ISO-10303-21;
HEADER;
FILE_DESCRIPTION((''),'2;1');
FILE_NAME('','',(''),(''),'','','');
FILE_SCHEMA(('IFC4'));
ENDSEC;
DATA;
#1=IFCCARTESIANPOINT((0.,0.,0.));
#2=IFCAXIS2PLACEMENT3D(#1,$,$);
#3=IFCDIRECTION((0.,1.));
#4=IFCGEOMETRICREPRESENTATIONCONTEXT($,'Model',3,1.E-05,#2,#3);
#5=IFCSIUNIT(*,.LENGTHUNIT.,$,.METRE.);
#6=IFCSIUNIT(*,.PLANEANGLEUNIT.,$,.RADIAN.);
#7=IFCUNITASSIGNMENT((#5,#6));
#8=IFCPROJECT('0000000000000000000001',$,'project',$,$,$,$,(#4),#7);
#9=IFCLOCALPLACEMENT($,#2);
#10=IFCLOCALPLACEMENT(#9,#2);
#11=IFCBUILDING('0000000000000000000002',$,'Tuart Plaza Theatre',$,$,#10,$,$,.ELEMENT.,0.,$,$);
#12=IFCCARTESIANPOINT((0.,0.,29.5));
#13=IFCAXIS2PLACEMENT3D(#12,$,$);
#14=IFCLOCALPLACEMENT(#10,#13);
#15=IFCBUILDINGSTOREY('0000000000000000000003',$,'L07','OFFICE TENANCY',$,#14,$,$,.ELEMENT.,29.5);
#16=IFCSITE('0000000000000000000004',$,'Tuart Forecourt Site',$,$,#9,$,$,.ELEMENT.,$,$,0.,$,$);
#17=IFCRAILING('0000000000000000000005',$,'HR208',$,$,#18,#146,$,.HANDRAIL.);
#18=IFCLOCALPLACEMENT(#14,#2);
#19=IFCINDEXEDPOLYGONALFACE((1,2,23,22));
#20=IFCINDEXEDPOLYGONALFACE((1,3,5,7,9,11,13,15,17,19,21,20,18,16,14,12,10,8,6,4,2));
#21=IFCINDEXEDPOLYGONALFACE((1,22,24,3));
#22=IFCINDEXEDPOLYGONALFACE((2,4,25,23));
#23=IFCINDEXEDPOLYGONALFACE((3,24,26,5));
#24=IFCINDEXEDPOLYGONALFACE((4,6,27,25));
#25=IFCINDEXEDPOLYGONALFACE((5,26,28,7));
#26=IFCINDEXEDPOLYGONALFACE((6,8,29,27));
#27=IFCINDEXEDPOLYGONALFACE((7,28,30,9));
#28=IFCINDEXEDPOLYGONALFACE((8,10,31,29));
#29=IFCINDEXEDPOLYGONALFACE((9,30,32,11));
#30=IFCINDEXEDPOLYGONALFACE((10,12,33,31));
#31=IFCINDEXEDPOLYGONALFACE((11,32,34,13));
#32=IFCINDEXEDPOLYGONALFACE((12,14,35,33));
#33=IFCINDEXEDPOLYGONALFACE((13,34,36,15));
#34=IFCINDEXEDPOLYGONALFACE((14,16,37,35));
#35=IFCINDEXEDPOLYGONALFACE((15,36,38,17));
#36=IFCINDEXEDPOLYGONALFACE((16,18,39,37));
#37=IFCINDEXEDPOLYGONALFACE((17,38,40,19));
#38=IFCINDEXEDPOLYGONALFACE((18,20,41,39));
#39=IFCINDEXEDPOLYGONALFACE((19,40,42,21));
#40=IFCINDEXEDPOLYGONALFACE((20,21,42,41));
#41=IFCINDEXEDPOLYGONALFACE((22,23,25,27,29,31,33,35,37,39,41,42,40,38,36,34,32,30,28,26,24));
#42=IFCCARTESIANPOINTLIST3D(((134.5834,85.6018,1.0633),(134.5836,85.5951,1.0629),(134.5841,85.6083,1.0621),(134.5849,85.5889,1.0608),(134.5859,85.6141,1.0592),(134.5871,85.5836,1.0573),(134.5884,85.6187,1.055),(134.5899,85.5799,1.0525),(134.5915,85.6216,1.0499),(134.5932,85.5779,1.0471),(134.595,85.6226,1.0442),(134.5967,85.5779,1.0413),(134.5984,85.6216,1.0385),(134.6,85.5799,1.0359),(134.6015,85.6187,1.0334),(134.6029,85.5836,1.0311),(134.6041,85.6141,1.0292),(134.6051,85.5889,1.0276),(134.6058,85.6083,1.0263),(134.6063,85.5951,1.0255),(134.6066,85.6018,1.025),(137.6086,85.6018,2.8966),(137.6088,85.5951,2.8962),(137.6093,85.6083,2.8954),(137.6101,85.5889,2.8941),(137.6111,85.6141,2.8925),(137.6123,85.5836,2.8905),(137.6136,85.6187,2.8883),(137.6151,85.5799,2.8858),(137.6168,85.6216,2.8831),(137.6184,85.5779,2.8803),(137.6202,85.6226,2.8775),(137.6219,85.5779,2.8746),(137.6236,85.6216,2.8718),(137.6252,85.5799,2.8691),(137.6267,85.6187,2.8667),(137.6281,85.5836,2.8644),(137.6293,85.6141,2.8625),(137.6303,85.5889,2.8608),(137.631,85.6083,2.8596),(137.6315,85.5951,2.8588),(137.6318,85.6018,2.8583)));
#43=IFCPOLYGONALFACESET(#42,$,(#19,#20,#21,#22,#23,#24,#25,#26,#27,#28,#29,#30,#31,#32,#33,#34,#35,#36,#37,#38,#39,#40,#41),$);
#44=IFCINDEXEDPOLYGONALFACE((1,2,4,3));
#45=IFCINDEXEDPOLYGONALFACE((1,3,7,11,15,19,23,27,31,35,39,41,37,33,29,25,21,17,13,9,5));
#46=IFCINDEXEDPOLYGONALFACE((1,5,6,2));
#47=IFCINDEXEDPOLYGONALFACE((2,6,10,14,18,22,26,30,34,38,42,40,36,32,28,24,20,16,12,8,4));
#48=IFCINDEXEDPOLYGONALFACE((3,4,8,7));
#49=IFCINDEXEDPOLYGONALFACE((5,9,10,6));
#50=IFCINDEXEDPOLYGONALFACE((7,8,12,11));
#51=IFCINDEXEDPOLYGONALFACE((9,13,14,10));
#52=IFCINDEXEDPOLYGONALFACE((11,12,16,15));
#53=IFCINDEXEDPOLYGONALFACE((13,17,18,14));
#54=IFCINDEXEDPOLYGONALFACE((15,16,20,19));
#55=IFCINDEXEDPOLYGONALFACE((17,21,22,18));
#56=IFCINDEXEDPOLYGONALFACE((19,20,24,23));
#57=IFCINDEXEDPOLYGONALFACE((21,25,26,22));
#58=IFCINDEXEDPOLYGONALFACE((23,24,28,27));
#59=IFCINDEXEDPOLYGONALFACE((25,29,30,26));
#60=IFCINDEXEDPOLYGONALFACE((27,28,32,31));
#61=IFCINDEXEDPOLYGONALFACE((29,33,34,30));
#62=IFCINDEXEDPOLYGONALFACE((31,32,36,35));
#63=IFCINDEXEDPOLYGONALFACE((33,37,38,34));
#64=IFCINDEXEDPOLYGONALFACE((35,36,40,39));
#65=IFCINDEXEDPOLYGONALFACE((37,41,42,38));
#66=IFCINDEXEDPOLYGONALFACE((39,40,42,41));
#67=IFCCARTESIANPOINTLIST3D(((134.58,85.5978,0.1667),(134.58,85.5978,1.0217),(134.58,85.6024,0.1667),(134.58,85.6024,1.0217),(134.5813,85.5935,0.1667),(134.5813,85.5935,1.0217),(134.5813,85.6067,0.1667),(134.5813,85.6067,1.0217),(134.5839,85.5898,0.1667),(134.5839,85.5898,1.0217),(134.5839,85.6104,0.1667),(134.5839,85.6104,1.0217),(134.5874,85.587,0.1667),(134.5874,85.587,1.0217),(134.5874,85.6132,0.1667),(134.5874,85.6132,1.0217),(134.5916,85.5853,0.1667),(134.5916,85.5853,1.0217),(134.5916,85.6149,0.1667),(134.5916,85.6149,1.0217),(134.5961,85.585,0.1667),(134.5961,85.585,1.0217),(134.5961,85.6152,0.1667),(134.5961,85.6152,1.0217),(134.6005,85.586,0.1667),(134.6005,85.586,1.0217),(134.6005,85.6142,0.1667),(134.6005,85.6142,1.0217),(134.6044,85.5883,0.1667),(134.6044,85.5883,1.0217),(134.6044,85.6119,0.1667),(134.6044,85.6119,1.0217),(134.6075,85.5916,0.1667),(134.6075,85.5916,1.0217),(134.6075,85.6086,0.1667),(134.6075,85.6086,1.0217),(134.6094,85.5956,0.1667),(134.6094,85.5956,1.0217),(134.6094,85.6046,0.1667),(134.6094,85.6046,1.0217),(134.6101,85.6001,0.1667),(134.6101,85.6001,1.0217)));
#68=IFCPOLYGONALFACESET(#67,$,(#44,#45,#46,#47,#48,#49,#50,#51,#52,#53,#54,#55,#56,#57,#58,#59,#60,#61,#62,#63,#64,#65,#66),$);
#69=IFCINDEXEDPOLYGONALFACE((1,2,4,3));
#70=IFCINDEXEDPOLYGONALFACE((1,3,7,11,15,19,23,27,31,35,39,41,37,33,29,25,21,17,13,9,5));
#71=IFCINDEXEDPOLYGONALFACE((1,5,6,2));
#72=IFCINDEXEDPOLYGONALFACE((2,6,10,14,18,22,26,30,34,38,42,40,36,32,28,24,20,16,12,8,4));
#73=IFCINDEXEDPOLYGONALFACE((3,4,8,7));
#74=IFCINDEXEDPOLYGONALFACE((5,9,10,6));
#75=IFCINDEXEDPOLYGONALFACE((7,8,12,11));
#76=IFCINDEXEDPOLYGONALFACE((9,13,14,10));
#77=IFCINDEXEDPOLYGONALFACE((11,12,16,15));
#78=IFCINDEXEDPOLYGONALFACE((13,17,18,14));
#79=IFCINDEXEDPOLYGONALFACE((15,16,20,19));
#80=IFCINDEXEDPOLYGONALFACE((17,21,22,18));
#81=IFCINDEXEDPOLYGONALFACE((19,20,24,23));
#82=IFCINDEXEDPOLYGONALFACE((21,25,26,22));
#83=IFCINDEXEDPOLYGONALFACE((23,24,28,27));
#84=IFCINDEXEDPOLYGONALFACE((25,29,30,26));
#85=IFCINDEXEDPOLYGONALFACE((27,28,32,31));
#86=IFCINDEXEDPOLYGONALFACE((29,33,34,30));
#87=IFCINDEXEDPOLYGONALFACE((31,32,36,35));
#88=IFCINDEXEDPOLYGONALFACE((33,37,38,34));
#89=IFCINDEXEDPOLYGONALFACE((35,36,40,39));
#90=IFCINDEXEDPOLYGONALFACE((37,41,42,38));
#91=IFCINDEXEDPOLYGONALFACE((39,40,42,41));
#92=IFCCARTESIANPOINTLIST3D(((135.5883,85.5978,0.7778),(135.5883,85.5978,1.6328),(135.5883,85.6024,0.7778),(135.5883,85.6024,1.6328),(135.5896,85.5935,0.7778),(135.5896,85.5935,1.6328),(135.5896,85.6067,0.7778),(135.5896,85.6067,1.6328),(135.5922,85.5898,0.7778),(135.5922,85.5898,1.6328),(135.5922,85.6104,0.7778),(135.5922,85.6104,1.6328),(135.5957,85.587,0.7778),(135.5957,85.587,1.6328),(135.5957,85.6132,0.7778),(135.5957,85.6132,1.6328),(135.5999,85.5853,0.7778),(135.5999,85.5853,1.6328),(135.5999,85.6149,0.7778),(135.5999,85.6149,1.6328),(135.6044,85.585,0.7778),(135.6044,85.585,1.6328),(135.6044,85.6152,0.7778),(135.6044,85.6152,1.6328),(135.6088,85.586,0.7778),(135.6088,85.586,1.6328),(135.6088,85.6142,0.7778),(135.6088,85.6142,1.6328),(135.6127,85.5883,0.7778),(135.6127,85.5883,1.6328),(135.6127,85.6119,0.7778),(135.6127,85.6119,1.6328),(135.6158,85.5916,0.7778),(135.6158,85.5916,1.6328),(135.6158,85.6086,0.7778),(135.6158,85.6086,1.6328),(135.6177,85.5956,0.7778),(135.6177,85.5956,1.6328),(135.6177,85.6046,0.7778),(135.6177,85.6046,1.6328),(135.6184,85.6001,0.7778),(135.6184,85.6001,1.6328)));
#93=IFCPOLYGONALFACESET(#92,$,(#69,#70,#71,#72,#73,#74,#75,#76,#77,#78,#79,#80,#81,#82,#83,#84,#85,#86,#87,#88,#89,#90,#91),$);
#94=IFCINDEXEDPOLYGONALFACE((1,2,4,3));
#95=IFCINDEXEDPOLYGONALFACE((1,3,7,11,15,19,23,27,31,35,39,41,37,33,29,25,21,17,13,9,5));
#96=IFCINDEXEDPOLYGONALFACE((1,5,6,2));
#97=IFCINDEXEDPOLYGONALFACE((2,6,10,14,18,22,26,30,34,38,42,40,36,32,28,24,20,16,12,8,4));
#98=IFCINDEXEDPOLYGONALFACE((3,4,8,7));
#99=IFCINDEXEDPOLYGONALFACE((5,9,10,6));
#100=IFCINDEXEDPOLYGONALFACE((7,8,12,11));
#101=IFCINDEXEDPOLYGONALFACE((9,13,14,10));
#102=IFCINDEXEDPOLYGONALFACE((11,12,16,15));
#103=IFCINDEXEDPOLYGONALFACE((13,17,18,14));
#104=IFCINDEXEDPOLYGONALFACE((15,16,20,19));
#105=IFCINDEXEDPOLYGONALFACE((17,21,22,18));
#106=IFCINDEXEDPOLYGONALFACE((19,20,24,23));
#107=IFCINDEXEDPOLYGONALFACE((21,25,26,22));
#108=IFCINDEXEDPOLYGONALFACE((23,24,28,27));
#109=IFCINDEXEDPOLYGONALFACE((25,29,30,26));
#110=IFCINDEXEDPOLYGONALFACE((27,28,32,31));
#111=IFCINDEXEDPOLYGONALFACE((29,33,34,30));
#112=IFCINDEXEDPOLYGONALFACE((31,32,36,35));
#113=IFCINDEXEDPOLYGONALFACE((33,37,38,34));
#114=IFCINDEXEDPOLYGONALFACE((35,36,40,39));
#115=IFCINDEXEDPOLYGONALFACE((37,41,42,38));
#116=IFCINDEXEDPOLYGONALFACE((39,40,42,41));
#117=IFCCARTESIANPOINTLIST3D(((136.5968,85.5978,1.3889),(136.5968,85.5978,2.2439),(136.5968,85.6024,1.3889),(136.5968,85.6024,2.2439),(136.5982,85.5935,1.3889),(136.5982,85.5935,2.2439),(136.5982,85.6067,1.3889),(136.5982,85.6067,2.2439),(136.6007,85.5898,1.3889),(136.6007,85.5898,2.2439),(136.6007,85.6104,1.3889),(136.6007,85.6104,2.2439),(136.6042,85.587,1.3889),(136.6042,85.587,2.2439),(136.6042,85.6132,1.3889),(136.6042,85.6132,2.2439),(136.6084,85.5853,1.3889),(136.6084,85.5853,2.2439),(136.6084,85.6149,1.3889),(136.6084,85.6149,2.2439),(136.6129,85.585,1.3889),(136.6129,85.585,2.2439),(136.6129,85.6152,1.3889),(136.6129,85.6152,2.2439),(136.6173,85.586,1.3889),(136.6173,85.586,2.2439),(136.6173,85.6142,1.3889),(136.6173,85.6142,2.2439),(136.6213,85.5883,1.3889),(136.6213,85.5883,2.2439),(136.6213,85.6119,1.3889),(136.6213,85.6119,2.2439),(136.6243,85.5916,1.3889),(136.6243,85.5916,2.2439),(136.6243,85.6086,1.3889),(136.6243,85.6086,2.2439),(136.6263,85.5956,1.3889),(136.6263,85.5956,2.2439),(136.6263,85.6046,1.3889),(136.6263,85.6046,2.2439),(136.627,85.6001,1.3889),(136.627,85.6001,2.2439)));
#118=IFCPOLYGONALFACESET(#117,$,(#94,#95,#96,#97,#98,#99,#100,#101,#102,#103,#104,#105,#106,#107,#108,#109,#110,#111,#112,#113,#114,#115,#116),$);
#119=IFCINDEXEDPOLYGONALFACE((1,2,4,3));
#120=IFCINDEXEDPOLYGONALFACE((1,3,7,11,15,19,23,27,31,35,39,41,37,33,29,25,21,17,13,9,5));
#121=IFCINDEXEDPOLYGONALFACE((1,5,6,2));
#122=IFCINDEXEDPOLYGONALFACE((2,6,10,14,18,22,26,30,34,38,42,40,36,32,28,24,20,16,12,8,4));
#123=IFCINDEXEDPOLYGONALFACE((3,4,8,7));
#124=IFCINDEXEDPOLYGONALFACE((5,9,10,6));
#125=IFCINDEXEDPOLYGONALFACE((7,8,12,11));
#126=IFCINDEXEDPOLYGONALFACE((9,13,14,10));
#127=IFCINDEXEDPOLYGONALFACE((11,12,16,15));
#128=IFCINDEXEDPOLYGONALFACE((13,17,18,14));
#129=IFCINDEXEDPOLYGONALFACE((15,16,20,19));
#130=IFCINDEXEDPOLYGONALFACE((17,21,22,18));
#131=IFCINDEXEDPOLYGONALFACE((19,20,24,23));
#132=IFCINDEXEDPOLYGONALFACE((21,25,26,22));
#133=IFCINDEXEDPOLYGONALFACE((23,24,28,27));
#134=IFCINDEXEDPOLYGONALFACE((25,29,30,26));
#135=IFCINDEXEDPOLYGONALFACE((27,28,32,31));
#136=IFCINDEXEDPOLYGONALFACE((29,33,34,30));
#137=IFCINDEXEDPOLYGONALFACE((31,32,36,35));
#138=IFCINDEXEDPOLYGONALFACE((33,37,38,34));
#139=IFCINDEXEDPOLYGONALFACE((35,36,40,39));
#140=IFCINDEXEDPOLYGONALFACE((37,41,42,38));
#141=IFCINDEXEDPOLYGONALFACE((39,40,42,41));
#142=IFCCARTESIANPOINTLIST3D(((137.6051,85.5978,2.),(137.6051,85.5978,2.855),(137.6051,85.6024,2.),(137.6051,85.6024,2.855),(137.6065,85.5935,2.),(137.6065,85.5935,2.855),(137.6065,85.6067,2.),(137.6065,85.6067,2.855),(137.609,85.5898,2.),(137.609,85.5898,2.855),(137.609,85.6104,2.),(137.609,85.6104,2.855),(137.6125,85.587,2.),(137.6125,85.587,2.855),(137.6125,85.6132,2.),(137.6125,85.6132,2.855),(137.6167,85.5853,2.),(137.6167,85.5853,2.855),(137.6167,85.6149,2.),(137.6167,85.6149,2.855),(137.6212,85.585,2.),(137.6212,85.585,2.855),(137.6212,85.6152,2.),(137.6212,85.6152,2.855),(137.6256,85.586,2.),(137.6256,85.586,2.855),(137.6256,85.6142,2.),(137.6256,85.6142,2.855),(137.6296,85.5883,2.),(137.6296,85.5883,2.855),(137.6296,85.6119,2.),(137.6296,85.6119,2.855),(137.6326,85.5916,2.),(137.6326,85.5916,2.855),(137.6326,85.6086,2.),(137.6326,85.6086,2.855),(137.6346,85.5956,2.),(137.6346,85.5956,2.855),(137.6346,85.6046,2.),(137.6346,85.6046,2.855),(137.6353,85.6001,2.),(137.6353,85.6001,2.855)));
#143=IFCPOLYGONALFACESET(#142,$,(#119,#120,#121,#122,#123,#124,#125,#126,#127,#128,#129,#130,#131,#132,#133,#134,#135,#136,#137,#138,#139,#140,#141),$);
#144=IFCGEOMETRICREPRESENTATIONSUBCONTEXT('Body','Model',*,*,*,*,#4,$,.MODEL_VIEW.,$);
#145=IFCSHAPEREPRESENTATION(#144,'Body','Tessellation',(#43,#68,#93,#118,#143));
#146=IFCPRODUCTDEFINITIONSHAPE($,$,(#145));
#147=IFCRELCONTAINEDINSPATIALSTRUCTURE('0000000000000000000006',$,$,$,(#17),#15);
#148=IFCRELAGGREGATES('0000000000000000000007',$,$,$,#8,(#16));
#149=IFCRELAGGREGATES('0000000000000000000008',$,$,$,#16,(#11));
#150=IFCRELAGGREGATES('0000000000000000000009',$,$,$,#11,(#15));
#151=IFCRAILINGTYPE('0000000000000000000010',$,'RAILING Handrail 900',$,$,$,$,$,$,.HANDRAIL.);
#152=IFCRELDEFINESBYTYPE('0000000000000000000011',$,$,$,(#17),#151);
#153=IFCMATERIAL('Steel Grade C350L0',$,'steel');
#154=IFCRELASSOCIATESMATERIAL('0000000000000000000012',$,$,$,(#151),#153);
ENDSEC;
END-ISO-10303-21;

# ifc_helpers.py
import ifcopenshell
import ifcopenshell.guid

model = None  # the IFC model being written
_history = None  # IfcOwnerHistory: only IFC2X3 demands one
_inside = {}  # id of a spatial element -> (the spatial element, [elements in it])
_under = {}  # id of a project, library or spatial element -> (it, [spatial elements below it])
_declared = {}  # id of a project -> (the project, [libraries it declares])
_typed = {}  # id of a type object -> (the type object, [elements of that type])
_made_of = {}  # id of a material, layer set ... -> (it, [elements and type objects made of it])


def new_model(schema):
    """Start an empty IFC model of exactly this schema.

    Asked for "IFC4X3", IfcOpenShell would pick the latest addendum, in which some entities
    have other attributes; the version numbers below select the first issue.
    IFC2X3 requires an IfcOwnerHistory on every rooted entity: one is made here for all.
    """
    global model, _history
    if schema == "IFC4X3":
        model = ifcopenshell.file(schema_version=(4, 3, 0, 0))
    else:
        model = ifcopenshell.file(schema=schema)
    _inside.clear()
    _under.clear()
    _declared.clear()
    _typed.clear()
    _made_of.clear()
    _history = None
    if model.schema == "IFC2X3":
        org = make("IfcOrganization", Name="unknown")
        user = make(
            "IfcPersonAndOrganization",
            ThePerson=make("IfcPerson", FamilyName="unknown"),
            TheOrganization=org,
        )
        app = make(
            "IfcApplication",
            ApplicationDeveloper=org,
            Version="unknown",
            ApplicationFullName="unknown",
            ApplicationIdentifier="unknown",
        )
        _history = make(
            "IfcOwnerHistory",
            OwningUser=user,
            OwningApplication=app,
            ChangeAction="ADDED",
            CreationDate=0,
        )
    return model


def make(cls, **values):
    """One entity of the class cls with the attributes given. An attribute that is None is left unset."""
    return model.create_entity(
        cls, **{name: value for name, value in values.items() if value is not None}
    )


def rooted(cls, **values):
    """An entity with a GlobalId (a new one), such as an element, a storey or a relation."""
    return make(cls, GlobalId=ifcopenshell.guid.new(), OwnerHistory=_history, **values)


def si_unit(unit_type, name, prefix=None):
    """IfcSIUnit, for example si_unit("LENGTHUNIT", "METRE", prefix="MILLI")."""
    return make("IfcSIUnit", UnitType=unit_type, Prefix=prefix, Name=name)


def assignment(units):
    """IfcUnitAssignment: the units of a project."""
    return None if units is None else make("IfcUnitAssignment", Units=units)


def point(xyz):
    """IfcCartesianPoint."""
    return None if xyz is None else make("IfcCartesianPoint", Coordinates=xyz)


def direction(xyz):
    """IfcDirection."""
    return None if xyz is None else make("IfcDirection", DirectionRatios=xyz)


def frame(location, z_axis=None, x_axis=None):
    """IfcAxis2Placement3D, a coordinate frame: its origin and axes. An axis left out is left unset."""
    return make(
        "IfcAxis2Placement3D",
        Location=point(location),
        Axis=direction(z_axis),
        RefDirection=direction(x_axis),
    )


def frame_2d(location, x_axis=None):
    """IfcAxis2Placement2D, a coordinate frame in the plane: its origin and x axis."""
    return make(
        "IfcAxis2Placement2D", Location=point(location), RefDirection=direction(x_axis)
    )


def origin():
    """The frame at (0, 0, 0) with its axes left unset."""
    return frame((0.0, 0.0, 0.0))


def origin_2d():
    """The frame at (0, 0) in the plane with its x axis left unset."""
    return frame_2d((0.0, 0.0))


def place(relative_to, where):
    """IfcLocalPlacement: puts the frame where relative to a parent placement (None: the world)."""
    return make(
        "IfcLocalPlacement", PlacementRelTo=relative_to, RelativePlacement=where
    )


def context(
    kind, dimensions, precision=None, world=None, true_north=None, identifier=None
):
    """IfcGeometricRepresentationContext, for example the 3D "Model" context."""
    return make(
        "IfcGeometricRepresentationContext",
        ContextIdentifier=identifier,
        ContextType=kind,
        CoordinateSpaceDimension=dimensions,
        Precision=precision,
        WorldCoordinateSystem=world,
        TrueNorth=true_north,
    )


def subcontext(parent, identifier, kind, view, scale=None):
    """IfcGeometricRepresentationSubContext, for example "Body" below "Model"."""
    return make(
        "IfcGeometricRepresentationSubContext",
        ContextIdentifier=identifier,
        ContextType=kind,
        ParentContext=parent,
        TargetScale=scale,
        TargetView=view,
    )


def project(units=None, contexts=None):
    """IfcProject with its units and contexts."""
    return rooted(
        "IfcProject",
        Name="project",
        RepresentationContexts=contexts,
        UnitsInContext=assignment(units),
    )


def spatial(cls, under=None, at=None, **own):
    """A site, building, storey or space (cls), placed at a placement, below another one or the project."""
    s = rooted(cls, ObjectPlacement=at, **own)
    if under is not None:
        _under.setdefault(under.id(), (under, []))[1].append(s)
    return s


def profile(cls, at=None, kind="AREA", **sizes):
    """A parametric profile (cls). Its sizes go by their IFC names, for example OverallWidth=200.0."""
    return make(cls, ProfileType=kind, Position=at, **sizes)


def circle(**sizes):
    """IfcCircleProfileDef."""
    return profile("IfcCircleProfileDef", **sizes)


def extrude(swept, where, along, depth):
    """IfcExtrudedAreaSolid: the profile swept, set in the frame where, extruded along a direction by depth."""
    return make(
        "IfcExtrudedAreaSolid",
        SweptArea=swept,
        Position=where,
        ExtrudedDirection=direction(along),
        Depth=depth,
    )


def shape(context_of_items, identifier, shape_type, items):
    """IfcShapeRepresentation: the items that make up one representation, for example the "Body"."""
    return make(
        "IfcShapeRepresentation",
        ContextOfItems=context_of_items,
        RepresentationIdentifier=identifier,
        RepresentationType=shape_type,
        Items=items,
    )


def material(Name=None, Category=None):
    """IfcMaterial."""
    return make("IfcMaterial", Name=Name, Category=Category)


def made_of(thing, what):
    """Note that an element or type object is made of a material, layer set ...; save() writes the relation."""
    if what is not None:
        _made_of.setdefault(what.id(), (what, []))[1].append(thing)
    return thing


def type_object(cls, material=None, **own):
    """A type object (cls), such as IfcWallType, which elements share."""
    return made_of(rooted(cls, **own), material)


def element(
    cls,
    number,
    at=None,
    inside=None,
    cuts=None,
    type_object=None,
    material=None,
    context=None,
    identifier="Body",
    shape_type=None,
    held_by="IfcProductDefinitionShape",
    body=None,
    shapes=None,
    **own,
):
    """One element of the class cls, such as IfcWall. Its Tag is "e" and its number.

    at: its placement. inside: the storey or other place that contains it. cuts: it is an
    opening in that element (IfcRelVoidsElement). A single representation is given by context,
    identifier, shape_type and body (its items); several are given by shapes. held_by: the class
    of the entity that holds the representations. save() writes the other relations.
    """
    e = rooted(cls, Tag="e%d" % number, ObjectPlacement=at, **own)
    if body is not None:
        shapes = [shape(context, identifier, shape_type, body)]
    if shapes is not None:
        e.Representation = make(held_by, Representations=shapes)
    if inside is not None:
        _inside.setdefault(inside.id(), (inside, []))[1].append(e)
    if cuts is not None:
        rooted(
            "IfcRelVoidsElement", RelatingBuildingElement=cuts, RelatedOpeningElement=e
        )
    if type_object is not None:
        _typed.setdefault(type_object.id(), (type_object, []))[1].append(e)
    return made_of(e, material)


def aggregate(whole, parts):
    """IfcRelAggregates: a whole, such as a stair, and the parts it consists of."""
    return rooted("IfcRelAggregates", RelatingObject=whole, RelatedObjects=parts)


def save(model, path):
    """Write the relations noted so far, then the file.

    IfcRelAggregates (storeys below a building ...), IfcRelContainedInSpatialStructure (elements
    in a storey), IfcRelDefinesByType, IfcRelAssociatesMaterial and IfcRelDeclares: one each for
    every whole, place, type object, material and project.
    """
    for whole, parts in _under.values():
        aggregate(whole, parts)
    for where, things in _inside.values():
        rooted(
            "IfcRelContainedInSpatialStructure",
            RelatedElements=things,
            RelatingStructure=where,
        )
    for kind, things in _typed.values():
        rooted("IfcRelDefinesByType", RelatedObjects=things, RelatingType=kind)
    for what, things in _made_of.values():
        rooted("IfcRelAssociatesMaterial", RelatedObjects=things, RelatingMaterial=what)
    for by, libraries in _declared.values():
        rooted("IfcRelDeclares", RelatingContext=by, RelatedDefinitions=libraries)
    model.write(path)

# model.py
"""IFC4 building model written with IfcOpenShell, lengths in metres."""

from ifc_helpers import new_model, si_unit, direction, frame, origin, origin_2d, place, context, subcontext, project, spatial, circle, extrude, material, type_object, element, save


model = new_model("IFC4")

# Units and contexts
model_context = context("Model", 3, precision=1e-05, world=origin(), true_north=direction((0.0, 1.0)))
body_context = subcontext(model_context, "Body", "Model", "MODEL_VIEW")
ifc_project = project(units=[si_unit("LENGTHUNIT", "METRE"), si_unit("PLANEANGLEUNIT", "RADIAN")], contexts=[model_context])

# Site, building, storey
site_placement = place(None, origin())
site = spatial("IfcSite", under=ifc_project, at=site_placement, Name="Tuart Forecourt Site", CompositionType="ELEMENT", RefElevation=0.0)
building_placement = place(site_placement, origin())
building = spatial("IfcBuilding", under=site, at=building_placement, Name="Tuart Plaza Theatre", CompositionType="ELEMENT", ElevationOfRefHeight=0.0)
storey_placement = place(building_placement, frame((0.0, 0.0, 29.5)))
storey = spatial("IfcBuildingStorey", under=building, at=storey_placement, Name="L07", Description="OFFICE TENANCY", CompositionType="ELEMENT", Elevation=29.5)

# Railing
ifc_material_1 = material(Name="Steel Grade C350L0", Category="steel")
railing_type_1 = type_object("IfcRailingType", Name="RAILING Handrail 900", PredefinedType="HANDRAIL", material=ifc_material_1)
for number, where, name in (
    (1, (134.595, 85.6001, 0.1667), "HR208"),
):
    element("IfcRailing", number, at=place(storey_placement, frame(where)), inside=storey, type_object=railing_type_1, Name=name, PredefinedType="HANDRAIL", context=body_context, shape_type="SweptSolid", body=[
        extrude(circle(Radius=0.0225, at=origin_2d()), frame((0.0, 0.0, 0.8774), z_axis=(0.855219, 0.0, 0.518267), x_axis=(0.0, 1.0, 0.0)), (0.0, 0.0, 1.0), 3.5374),
        extrude(circle(Radius=0.0151, at=origin_2d()), origin(), (0.0, 0.0, 1.0), 0.855),
        extrude(circle(Radius=0.0151, at=origin_2d()), frame((1.0083, 0.0, 0.6111)), (0.0, 0.0, 1.0), 0.855),
        extrude(circle(Radius=0.0151, at=origin_2d()), frame((2.0168, 0.0, 1.2222)), (0.0, 0.0, 1.0), 0.855),
        extrude(circle(Radius=0.0151, at=origin_2d()), frame((3.0251, 0.0, 1.8333)), (0.0, 0.0, 1.0), 0.855),
    ])

save(model, "model.ifc")
